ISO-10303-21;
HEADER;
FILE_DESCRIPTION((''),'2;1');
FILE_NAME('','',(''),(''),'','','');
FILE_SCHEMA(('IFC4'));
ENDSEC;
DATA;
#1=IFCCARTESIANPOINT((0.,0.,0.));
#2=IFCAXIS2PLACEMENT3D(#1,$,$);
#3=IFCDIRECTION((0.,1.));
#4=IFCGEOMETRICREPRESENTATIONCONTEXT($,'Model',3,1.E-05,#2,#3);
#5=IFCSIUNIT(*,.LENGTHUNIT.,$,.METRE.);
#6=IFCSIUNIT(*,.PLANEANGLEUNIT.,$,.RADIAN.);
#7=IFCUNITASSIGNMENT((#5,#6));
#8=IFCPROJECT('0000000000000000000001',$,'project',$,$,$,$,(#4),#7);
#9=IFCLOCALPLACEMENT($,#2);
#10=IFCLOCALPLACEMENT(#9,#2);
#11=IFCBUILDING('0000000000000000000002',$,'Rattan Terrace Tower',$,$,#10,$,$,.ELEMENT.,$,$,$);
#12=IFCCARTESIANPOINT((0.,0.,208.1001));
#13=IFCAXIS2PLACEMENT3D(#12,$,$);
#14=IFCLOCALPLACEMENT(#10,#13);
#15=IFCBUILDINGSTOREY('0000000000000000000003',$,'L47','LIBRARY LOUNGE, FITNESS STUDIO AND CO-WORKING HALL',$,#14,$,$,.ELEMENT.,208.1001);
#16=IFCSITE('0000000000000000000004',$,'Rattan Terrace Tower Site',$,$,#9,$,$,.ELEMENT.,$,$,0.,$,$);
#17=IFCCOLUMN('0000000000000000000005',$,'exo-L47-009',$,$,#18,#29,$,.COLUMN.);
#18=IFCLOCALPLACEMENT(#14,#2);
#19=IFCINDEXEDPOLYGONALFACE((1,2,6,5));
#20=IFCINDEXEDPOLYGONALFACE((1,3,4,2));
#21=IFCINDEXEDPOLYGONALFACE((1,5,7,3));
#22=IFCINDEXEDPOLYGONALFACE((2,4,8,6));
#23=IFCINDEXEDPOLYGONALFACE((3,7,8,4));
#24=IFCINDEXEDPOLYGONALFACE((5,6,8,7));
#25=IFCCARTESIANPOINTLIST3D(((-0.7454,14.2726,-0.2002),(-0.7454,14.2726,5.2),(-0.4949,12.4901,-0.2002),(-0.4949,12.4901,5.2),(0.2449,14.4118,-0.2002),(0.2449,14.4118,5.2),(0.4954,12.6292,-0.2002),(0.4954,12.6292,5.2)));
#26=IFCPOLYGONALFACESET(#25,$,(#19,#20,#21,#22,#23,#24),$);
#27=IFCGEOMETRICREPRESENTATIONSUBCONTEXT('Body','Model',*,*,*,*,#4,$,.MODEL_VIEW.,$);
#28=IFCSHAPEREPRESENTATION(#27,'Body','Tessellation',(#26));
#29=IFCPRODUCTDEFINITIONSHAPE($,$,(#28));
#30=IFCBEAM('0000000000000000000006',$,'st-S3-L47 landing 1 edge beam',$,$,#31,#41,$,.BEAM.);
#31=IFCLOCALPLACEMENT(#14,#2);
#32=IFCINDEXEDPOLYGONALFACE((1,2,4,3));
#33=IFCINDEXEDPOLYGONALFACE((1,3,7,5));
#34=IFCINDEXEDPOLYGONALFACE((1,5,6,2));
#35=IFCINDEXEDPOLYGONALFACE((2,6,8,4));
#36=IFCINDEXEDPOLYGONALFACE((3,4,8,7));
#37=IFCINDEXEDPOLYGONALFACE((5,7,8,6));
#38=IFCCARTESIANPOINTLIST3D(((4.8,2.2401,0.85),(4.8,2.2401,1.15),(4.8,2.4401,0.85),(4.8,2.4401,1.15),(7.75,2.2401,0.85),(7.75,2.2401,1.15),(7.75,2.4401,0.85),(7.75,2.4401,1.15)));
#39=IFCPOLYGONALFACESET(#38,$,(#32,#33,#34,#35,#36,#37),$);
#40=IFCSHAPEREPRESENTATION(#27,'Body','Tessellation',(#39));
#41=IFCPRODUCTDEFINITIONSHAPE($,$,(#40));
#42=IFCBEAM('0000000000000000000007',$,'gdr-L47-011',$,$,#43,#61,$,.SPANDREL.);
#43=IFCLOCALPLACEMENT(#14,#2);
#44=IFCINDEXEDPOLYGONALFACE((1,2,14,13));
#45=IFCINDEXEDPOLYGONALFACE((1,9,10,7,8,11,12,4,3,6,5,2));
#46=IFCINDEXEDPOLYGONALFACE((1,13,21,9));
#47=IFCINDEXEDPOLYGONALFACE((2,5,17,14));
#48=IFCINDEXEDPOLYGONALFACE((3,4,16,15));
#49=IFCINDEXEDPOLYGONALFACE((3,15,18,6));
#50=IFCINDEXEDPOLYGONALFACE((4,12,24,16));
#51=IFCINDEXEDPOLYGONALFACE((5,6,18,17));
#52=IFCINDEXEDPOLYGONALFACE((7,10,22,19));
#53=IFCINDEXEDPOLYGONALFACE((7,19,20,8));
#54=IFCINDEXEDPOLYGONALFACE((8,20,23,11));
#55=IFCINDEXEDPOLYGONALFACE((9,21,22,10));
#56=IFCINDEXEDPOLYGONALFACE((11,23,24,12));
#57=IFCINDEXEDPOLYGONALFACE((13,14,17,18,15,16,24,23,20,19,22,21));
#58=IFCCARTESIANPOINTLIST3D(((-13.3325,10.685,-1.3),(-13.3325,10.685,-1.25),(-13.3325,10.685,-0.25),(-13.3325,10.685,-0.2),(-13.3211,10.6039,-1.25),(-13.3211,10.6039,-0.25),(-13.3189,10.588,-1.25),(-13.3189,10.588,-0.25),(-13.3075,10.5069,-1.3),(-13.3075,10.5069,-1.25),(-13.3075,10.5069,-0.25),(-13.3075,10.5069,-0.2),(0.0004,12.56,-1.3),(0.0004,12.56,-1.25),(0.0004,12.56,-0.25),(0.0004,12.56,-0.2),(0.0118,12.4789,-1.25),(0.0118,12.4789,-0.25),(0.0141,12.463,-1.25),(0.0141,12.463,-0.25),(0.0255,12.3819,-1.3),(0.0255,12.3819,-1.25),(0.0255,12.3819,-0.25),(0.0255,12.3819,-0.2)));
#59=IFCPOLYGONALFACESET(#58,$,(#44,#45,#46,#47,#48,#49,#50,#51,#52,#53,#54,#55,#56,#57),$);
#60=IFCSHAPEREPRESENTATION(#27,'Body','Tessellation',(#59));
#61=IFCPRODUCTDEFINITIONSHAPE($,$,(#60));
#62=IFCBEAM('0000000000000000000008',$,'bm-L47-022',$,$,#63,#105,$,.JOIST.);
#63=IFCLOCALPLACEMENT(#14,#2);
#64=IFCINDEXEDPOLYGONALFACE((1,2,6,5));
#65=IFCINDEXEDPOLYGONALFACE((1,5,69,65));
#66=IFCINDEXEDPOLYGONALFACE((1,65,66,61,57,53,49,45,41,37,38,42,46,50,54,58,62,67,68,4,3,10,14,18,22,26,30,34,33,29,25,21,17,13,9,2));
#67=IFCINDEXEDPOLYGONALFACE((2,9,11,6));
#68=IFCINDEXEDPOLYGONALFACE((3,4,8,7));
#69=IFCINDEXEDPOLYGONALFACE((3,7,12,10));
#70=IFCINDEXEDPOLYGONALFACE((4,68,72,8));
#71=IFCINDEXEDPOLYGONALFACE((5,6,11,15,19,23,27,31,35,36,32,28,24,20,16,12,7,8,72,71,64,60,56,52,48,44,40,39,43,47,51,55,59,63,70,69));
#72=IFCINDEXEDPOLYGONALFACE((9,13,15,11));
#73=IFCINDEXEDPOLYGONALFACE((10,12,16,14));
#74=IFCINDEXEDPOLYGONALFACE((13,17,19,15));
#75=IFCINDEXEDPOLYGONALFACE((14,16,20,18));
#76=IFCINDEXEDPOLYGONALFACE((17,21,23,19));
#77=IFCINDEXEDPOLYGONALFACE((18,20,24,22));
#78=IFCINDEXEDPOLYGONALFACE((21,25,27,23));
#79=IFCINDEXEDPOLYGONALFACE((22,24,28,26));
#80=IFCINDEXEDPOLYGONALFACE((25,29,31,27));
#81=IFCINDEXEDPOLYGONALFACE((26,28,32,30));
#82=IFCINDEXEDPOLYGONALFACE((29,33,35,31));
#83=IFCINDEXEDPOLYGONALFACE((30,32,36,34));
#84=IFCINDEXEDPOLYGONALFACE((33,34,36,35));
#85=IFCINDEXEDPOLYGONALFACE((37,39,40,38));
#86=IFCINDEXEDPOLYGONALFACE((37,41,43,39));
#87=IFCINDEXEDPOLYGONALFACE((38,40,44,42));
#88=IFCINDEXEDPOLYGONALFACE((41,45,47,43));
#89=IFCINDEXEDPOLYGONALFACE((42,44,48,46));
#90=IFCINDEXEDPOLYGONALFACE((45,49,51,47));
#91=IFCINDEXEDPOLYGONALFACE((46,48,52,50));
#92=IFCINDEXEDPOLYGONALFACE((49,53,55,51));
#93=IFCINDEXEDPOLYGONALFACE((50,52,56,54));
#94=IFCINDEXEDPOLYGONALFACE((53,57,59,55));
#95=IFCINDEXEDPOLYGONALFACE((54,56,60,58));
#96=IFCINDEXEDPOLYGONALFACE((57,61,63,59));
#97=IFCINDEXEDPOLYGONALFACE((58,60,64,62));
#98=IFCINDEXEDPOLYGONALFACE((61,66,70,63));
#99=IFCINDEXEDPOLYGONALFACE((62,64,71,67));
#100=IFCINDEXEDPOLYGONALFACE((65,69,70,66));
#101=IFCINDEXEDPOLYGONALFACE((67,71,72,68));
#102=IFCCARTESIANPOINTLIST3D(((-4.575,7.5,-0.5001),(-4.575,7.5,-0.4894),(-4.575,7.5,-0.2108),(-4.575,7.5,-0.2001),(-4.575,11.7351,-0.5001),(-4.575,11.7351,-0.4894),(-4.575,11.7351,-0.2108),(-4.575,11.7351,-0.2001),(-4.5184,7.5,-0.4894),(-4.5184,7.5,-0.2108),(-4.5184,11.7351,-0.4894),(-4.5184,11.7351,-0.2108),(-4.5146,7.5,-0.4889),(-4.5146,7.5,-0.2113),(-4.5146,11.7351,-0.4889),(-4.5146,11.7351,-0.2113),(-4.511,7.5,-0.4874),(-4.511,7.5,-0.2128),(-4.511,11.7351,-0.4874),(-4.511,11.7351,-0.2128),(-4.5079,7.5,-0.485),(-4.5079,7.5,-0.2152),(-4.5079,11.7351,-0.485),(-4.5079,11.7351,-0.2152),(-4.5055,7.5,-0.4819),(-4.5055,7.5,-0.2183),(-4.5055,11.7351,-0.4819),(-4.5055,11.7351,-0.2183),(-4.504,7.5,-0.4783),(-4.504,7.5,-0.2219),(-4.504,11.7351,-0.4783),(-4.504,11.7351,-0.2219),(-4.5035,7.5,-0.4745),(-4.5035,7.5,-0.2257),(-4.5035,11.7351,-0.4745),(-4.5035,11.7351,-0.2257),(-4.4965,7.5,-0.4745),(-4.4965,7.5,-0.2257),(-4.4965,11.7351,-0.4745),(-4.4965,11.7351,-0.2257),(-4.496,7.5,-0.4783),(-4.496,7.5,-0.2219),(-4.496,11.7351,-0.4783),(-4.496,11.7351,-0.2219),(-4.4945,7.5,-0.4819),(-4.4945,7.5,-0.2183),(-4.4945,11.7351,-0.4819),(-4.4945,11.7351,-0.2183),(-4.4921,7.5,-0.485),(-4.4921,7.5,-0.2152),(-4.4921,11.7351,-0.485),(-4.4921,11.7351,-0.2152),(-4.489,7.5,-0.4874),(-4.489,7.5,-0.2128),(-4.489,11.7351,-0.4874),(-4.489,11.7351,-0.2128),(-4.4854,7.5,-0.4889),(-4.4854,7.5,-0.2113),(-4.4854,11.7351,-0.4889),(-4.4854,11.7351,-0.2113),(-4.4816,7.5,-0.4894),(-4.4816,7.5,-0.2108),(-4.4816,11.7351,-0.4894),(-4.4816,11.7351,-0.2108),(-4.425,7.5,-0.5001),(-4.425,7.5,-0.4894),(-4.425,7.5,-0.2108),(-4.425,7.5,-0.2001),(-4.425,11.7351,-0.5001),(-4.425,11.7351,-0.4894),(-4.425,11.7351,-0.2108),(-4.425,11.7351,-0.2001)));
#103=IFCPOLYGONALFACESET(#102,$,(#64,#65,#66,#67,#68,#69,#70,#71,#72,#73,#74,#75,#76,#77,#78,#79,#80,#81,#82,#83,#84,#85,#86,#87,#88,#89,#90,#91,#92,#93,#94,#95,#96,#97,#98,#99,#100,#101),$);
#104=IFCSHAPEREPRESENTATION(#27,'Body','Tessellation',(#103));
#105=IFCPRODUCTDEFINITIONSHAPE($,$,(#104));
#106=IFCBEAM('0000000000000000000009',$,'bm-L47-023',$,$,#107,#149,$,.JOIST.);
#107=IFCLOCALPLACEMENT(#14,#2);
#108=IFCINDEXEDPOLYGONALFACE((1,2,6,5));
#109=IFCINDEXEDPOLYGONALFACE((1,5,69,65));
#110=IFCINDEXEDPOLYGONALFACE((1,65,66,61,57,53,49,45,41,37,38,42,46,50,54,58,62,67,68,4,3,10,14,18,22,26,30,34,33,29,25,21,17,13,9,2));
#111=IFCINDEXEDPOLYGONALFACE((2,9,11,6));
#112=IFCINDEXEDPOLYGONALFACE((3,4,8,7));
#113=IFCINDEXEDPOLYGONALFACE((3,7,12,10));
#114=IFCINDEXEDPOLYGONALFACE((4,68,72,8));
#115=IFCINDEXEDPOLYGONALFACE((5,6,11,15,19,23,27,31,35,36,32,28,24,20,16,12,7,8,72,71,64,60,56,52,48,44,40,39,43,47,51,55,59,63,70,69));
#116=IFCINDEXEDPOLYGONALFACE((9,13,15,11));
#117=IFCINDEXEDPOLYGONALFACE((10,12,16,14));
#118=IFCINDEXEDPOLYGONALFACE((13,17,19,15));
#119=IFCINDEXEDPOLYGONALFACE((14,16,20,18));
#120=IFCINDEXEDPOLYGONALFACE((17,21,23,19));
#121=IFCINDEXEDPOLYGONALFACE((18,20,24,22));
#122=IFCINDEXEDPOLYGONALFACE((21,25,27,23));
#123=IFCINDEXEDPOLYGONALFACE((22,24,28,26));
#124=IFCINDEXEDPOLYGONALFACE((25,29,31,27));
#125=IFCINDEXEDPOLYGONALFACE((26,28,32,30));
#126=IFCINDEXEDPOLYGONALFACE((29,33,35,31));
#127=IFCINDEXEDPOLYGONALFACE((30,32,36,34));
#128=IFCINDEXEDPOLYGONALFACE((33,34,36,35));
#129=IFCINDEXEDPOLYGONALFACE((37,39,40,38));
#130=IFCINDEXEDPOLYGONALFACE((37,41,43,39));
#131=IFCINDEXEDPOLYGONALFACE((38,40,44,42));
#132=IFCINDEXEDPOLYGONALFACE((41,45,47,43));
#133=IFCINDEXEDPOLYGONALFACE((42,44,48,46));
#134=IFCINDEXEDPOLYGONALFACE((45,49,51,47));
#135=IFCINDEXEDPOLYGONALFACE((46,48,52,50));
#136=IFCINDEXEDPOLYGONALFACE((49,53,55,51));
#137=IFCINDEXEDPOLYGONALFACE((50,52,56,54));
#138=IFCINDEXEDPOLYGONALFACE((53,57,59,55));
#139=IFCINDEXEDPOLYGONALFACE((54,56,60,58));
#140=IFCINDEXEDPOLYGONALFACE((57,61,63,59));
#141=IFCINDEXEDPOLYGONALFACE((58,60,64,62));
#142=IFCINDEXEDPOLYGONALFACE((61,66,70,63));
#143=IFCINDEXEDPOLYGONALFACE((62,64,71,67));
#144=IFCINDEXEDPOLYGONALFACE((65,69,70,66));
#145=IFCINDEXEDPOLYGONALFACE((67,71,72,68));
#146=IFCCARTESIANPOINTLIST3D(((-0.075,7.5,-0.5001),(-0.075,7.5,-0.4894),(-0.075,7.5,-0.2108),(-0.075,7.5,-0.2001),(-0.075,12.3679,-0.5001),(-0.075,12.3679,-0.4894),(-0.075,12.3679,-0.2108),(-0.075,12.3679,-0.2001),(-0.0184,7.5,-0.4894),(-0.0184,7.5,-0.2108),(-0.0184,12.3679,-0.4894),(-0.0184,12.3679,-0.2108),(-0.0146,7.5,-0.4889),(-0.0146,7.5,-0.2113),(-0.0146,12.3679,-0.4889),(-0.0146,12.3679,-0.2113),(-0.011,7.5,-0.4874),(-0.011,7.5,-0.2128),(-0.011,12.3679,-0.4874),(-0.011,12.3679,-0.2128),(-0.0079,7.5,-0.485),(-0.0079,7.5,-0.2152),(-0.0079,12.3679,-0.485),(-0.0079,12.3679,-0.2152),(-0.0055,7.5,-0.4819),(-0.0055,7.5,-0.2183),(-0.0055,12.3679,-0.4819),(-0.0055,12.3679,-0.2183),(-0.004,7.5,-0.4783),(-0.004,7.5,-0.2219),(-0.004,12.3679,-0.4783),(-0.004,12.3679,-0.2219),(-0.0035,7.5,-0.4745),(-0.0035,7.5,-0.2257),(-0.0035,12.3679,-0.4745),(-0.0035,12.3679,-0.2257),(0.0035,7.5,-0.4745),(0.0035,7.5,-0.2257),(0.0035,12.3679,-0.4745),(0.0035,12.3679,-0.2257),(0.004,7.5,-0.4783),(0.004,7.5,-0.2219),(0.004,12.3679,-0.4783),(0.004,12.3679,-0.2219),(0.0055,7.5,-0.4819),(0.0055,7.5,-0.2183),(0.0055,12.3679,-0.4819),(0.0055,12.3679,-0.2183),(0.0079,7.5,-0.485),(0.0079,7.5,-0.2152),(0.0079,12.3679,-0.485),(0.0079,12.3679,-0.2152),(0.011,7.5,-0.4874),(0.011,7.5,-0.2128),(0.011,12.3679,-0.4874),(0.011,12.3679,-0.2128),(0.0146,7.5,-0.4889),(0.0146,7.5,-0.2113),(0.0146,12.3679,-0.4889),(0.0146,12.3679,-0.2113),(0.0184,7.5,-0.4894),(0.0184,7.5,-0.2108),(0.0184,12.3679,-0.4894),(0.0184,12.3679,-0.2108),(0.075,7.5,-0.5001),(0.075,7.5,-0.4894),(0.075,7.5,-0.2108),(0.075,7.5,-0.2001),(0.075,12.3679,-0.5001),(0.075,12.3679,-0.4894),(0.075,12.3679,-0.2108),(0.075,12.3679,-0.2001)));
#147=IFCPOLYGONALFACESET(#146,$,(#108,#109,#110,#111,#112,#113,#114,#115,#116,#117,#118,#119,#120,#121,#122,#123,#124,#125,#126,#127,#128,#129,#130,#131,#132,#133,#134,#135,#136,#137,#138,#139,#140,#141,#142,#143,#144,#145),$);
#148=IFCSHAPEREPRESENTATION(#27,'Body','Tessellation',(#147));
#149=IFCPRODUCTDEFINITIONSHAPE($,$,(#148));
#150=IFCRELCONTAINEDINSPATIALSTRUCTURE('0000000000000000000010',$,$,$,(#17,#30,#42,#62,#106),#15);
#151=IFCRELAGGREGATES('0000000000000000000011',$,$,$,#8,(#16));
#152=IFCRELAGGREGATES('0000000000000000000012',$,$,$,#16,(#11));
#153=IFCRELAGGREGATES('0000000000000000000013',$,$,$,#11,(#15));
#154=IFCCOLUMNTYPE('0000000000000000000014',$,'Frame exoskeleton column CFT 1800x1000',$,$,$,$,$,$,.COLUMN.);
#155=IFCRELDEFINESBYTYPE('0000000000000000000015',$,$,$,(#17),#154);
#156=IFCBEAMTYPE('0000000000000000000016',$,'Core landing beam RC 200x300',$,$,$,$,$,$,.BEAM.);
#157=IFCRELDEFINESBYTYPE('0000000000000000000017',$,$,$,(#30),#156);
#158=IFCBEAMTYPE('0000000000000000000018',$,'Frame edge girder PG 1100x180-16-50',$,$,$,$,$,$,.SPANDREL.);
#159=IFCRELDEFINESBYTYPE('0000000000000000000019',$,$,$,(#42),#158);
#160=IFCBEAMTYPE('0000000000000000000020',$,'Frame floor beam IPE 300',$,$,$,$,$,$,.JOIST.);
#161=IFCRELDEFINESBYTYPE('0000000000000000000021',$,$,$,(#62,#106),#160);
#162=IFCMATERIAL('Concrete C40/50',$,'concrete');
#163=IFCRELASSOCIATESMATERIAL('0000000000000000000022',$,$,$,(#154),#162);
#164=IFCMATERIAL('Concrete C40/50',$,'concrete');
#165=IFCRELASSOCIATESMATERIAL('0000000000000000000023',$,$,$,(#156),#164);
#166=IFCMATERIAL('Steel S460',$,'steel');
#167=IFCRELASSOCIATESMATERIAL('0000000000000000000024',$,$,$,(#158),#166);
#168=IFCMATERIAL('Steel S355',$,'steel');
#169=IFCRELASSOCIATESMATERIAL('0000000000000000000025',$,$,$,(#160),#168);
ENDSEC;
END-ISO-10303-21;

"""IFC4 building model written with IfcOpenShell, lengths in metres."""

from ifc_helpers import new_model, si_unit, direction, frame, origin, origin_2d, place, context, subcontext, project, spatial, rectangle, i_section, extrude, material, material_profile, profile_set, type_object, element, save


model = new_model("IFC4")

# Units and contexts
model_context = context("Model", 3, precision=1e-05, world=origin(), true_north=direction((0.0, 1.0)))
body_context = subcontext(model_context, "Body", "Model", "MODEL_VIEW")
ifc_project = project(units=[si_unit("LENGTHUNIT", "METRE"), si_unit("PLANEANGLEUNIT", "RADIAN")], contexts=[model_context])

# Site, building, storey
site_placement = place(None, origin())
site = spatial("IfcSite", under=ifc_project, at=site_placement, Name="Rattan Terrace Tower Site", CompositionType="ELEMENT", RefElevation=0.0)
building_placement = place(site_placement, origin())
building = spatial("IfcBuilding", under=site, at=building_placement, Name="Rattan Terrace Tower", CompositionType="ELEMENT")
storey_placement = place(building_placement, frame((0.0, 0.0, 208.1001)))
storey = spatial("IfcBuildingStorey", under=building, at=storey_placement, Name="L47", Description="LIBRARY LOUNGE, FITNESS STUDIO AND CO-WORKING HALL", CompositionType="ELEMENT", Elevation=208.1001)

# Column
ifc_material_1 = material(Name="Concrete C40/50", Category="concrete")
ifc_material_profile_1 = material_profile(ifc_material_1, rectangle(XDim=1.0, YDim=1.8, at=origin_2d()), Name="CFT 1800x1000")
ifc_profile_set_1 = profile_set([ifc_material_profile_1], Name="Concrete C40/50")
column_type = type_object("IfcColumnType", Name="Frame exoskeleton column CFT 1800x1000", PredefinedType="COLUMN", material=ifc_profile_set_1)
column_placement = place(storey_placement, frame((-0.125, 13.4509, -0.2002), z_axis=(0.0, 0.0, 1.0), x_axis=(0.990268, 0.139173, 0.0)))
element("IfcColumn", 1, at=column_placement, inside=storey, type_object=column_type, Name="exo-L47-009", PredefinedType="COLUMN", context=body_context, shape_type="SweptSolid", body=[
    extrude(rectangle(XDim=1.0, YDim=1.8, at=origin_2d()), origin(), (0.0, 0.0, 1.0), 5.4001),
])

# Beams
ifc_material_2 = material(Name="Concrete C40/50", Category="concrete")
ifc_material_profile_2 = material_profile(ifc_material_2, rectangle(XDim=0.2, YDim=0.3, at=origin_2d()), Name="RC 200x300")
ifc_profile_set_2 = profile_set([ifc_material_profile_2], Name="Concrete C40/50")
beam_type_1 = type_object("IfcBeamType", Name="Core landing beam RC 200x300", PredefinedType="BEAM", material=ifc_profile_set_2)
beam_1_placement = place(storey_placement, frame((4.8, 2.3401, 1.0), z_axis=(1.0, 0.0, 0.0), x_axis=(0.0, 1.0, 0.0)))
element("IfcBeam", 2, at=beam_1_placement, inside=storey, type_object=beam_type_1, Name="st-S3-L47 landing 1 edge beam", PredefinedType="BEAM", context=body_context, shape_type="SweptSolid", body=[
    extrude(rectangle(XDim=0.2, YDim=0.3, at=origin_2d()), origin(), (0.0, 0.0, 1.0), 2.95),
])
ifc_material_3 = material(Name="Steel S460", Category="steel")
ifc_material_profile_3 = material_profile(ifc_material_3, i_section(OverallWidth=0.1799, OverallDepth=1.1001, WebThickness=0.0161, FlangeThickness=0.05, at=origin_2d()), Name="PG 1100x180-16-50")
ifc_profile_set_3 = profile_set([ifc_material_profile_3], Name="Steel S460")
beam_type_2 = type_object("IfcBeamType", Name="Frame edge girder PG 1100x180-16-50", PredefinedType="SPANDREL", material=ifc_profile_set_3)
beam_2_placement = place(storey_placement, frame((0.0129, 12.4709, -0.75), z_axis=(-0.990256, -0.139258, 0.0), x_axis=(0.139258, -0.990256, 0.0)))
element("IfcBeam", 3, at=beam_2_placement, inside=storey, type_object=beam_type_2, Name="gdr-L47-011", PredefinedType="SPANDREL", context=body_context, shape_type="SweptSolid", body=[
    extrude(i_section(OverallWidth=0.1799, OverallDepth=1.1001, WebThickness=0.0161, FlangeThickness=0.05, at=origin_2d()), origin(), (0.0, 0.0, 1.0), 13.4641),
])
ifc_material_4 = material(Name="Steel S355", Category="steel")
ifc_material_profile_4 = material_profile(ifc_material_4, i_section(OverallWidth=0.1499, OverallDepth=0.3, WebThickness=0.0071, FlangeThickness=0.0107, FilletRadius=0.0149, at=origin_2d()), Name="IPE 300")
ifc_profile_set_4 = profile_set([ifc_material_profile_4], Name="Steel S355")
beam_type_3 = type_object("IfcBeamType", Name="Frame floor beam IPE 300", PredefinedType="JOIST", material=ifc_profile_set_4)
beam_3_placement = place(storey_placement, frame((-4.5, 7.5, -0.3501), z_axis=(0.0, 1.0, 0.0), x_axis=(-1.0, 0.0, 0.0)))
element("IfcBeam", 4, at=beam_3_placement, inside=storey, type_object=beam_type_3, Name="bm-L47-022", PredefinedType="JOIST", context=body_context, shape_type="SweptSolid", body=[
    extrude(i_section(OverallWidth=0.1499, OverallDepth=0.3, WebThickness=0.0071, FlangeThickness=0.0107, FilletRadius=0.0149, at=origin_2d()), origin(), (0.0, 0.0, 1.0), 4.2351),
])
beam_4_placement = place(storey_placement, frame((0.0, 7.5, -0.3501), z_axis=(0.0, 1.0, 0.0), x_axis=(-1.0, 0.0, 0.0)))
element("IfcBeam", 5, at=beam_4_placement, inside=storey, type_object=beam_type_3, Name="bm-L47-023", PredefinedType="JOIST", context=body_context, shape_type="SweptSolid", body=[
    extrude(i_section(OverallWidth=0.1499, OverallDepth=0.3, WebThickness=0.0071, FlangeThickness=0.0107, FilletRadius=0.0149, at=origin_2d()), origin(), (0.0, 0.0, 1.0), 4.8679),
])

save(model, "model.ifc")
